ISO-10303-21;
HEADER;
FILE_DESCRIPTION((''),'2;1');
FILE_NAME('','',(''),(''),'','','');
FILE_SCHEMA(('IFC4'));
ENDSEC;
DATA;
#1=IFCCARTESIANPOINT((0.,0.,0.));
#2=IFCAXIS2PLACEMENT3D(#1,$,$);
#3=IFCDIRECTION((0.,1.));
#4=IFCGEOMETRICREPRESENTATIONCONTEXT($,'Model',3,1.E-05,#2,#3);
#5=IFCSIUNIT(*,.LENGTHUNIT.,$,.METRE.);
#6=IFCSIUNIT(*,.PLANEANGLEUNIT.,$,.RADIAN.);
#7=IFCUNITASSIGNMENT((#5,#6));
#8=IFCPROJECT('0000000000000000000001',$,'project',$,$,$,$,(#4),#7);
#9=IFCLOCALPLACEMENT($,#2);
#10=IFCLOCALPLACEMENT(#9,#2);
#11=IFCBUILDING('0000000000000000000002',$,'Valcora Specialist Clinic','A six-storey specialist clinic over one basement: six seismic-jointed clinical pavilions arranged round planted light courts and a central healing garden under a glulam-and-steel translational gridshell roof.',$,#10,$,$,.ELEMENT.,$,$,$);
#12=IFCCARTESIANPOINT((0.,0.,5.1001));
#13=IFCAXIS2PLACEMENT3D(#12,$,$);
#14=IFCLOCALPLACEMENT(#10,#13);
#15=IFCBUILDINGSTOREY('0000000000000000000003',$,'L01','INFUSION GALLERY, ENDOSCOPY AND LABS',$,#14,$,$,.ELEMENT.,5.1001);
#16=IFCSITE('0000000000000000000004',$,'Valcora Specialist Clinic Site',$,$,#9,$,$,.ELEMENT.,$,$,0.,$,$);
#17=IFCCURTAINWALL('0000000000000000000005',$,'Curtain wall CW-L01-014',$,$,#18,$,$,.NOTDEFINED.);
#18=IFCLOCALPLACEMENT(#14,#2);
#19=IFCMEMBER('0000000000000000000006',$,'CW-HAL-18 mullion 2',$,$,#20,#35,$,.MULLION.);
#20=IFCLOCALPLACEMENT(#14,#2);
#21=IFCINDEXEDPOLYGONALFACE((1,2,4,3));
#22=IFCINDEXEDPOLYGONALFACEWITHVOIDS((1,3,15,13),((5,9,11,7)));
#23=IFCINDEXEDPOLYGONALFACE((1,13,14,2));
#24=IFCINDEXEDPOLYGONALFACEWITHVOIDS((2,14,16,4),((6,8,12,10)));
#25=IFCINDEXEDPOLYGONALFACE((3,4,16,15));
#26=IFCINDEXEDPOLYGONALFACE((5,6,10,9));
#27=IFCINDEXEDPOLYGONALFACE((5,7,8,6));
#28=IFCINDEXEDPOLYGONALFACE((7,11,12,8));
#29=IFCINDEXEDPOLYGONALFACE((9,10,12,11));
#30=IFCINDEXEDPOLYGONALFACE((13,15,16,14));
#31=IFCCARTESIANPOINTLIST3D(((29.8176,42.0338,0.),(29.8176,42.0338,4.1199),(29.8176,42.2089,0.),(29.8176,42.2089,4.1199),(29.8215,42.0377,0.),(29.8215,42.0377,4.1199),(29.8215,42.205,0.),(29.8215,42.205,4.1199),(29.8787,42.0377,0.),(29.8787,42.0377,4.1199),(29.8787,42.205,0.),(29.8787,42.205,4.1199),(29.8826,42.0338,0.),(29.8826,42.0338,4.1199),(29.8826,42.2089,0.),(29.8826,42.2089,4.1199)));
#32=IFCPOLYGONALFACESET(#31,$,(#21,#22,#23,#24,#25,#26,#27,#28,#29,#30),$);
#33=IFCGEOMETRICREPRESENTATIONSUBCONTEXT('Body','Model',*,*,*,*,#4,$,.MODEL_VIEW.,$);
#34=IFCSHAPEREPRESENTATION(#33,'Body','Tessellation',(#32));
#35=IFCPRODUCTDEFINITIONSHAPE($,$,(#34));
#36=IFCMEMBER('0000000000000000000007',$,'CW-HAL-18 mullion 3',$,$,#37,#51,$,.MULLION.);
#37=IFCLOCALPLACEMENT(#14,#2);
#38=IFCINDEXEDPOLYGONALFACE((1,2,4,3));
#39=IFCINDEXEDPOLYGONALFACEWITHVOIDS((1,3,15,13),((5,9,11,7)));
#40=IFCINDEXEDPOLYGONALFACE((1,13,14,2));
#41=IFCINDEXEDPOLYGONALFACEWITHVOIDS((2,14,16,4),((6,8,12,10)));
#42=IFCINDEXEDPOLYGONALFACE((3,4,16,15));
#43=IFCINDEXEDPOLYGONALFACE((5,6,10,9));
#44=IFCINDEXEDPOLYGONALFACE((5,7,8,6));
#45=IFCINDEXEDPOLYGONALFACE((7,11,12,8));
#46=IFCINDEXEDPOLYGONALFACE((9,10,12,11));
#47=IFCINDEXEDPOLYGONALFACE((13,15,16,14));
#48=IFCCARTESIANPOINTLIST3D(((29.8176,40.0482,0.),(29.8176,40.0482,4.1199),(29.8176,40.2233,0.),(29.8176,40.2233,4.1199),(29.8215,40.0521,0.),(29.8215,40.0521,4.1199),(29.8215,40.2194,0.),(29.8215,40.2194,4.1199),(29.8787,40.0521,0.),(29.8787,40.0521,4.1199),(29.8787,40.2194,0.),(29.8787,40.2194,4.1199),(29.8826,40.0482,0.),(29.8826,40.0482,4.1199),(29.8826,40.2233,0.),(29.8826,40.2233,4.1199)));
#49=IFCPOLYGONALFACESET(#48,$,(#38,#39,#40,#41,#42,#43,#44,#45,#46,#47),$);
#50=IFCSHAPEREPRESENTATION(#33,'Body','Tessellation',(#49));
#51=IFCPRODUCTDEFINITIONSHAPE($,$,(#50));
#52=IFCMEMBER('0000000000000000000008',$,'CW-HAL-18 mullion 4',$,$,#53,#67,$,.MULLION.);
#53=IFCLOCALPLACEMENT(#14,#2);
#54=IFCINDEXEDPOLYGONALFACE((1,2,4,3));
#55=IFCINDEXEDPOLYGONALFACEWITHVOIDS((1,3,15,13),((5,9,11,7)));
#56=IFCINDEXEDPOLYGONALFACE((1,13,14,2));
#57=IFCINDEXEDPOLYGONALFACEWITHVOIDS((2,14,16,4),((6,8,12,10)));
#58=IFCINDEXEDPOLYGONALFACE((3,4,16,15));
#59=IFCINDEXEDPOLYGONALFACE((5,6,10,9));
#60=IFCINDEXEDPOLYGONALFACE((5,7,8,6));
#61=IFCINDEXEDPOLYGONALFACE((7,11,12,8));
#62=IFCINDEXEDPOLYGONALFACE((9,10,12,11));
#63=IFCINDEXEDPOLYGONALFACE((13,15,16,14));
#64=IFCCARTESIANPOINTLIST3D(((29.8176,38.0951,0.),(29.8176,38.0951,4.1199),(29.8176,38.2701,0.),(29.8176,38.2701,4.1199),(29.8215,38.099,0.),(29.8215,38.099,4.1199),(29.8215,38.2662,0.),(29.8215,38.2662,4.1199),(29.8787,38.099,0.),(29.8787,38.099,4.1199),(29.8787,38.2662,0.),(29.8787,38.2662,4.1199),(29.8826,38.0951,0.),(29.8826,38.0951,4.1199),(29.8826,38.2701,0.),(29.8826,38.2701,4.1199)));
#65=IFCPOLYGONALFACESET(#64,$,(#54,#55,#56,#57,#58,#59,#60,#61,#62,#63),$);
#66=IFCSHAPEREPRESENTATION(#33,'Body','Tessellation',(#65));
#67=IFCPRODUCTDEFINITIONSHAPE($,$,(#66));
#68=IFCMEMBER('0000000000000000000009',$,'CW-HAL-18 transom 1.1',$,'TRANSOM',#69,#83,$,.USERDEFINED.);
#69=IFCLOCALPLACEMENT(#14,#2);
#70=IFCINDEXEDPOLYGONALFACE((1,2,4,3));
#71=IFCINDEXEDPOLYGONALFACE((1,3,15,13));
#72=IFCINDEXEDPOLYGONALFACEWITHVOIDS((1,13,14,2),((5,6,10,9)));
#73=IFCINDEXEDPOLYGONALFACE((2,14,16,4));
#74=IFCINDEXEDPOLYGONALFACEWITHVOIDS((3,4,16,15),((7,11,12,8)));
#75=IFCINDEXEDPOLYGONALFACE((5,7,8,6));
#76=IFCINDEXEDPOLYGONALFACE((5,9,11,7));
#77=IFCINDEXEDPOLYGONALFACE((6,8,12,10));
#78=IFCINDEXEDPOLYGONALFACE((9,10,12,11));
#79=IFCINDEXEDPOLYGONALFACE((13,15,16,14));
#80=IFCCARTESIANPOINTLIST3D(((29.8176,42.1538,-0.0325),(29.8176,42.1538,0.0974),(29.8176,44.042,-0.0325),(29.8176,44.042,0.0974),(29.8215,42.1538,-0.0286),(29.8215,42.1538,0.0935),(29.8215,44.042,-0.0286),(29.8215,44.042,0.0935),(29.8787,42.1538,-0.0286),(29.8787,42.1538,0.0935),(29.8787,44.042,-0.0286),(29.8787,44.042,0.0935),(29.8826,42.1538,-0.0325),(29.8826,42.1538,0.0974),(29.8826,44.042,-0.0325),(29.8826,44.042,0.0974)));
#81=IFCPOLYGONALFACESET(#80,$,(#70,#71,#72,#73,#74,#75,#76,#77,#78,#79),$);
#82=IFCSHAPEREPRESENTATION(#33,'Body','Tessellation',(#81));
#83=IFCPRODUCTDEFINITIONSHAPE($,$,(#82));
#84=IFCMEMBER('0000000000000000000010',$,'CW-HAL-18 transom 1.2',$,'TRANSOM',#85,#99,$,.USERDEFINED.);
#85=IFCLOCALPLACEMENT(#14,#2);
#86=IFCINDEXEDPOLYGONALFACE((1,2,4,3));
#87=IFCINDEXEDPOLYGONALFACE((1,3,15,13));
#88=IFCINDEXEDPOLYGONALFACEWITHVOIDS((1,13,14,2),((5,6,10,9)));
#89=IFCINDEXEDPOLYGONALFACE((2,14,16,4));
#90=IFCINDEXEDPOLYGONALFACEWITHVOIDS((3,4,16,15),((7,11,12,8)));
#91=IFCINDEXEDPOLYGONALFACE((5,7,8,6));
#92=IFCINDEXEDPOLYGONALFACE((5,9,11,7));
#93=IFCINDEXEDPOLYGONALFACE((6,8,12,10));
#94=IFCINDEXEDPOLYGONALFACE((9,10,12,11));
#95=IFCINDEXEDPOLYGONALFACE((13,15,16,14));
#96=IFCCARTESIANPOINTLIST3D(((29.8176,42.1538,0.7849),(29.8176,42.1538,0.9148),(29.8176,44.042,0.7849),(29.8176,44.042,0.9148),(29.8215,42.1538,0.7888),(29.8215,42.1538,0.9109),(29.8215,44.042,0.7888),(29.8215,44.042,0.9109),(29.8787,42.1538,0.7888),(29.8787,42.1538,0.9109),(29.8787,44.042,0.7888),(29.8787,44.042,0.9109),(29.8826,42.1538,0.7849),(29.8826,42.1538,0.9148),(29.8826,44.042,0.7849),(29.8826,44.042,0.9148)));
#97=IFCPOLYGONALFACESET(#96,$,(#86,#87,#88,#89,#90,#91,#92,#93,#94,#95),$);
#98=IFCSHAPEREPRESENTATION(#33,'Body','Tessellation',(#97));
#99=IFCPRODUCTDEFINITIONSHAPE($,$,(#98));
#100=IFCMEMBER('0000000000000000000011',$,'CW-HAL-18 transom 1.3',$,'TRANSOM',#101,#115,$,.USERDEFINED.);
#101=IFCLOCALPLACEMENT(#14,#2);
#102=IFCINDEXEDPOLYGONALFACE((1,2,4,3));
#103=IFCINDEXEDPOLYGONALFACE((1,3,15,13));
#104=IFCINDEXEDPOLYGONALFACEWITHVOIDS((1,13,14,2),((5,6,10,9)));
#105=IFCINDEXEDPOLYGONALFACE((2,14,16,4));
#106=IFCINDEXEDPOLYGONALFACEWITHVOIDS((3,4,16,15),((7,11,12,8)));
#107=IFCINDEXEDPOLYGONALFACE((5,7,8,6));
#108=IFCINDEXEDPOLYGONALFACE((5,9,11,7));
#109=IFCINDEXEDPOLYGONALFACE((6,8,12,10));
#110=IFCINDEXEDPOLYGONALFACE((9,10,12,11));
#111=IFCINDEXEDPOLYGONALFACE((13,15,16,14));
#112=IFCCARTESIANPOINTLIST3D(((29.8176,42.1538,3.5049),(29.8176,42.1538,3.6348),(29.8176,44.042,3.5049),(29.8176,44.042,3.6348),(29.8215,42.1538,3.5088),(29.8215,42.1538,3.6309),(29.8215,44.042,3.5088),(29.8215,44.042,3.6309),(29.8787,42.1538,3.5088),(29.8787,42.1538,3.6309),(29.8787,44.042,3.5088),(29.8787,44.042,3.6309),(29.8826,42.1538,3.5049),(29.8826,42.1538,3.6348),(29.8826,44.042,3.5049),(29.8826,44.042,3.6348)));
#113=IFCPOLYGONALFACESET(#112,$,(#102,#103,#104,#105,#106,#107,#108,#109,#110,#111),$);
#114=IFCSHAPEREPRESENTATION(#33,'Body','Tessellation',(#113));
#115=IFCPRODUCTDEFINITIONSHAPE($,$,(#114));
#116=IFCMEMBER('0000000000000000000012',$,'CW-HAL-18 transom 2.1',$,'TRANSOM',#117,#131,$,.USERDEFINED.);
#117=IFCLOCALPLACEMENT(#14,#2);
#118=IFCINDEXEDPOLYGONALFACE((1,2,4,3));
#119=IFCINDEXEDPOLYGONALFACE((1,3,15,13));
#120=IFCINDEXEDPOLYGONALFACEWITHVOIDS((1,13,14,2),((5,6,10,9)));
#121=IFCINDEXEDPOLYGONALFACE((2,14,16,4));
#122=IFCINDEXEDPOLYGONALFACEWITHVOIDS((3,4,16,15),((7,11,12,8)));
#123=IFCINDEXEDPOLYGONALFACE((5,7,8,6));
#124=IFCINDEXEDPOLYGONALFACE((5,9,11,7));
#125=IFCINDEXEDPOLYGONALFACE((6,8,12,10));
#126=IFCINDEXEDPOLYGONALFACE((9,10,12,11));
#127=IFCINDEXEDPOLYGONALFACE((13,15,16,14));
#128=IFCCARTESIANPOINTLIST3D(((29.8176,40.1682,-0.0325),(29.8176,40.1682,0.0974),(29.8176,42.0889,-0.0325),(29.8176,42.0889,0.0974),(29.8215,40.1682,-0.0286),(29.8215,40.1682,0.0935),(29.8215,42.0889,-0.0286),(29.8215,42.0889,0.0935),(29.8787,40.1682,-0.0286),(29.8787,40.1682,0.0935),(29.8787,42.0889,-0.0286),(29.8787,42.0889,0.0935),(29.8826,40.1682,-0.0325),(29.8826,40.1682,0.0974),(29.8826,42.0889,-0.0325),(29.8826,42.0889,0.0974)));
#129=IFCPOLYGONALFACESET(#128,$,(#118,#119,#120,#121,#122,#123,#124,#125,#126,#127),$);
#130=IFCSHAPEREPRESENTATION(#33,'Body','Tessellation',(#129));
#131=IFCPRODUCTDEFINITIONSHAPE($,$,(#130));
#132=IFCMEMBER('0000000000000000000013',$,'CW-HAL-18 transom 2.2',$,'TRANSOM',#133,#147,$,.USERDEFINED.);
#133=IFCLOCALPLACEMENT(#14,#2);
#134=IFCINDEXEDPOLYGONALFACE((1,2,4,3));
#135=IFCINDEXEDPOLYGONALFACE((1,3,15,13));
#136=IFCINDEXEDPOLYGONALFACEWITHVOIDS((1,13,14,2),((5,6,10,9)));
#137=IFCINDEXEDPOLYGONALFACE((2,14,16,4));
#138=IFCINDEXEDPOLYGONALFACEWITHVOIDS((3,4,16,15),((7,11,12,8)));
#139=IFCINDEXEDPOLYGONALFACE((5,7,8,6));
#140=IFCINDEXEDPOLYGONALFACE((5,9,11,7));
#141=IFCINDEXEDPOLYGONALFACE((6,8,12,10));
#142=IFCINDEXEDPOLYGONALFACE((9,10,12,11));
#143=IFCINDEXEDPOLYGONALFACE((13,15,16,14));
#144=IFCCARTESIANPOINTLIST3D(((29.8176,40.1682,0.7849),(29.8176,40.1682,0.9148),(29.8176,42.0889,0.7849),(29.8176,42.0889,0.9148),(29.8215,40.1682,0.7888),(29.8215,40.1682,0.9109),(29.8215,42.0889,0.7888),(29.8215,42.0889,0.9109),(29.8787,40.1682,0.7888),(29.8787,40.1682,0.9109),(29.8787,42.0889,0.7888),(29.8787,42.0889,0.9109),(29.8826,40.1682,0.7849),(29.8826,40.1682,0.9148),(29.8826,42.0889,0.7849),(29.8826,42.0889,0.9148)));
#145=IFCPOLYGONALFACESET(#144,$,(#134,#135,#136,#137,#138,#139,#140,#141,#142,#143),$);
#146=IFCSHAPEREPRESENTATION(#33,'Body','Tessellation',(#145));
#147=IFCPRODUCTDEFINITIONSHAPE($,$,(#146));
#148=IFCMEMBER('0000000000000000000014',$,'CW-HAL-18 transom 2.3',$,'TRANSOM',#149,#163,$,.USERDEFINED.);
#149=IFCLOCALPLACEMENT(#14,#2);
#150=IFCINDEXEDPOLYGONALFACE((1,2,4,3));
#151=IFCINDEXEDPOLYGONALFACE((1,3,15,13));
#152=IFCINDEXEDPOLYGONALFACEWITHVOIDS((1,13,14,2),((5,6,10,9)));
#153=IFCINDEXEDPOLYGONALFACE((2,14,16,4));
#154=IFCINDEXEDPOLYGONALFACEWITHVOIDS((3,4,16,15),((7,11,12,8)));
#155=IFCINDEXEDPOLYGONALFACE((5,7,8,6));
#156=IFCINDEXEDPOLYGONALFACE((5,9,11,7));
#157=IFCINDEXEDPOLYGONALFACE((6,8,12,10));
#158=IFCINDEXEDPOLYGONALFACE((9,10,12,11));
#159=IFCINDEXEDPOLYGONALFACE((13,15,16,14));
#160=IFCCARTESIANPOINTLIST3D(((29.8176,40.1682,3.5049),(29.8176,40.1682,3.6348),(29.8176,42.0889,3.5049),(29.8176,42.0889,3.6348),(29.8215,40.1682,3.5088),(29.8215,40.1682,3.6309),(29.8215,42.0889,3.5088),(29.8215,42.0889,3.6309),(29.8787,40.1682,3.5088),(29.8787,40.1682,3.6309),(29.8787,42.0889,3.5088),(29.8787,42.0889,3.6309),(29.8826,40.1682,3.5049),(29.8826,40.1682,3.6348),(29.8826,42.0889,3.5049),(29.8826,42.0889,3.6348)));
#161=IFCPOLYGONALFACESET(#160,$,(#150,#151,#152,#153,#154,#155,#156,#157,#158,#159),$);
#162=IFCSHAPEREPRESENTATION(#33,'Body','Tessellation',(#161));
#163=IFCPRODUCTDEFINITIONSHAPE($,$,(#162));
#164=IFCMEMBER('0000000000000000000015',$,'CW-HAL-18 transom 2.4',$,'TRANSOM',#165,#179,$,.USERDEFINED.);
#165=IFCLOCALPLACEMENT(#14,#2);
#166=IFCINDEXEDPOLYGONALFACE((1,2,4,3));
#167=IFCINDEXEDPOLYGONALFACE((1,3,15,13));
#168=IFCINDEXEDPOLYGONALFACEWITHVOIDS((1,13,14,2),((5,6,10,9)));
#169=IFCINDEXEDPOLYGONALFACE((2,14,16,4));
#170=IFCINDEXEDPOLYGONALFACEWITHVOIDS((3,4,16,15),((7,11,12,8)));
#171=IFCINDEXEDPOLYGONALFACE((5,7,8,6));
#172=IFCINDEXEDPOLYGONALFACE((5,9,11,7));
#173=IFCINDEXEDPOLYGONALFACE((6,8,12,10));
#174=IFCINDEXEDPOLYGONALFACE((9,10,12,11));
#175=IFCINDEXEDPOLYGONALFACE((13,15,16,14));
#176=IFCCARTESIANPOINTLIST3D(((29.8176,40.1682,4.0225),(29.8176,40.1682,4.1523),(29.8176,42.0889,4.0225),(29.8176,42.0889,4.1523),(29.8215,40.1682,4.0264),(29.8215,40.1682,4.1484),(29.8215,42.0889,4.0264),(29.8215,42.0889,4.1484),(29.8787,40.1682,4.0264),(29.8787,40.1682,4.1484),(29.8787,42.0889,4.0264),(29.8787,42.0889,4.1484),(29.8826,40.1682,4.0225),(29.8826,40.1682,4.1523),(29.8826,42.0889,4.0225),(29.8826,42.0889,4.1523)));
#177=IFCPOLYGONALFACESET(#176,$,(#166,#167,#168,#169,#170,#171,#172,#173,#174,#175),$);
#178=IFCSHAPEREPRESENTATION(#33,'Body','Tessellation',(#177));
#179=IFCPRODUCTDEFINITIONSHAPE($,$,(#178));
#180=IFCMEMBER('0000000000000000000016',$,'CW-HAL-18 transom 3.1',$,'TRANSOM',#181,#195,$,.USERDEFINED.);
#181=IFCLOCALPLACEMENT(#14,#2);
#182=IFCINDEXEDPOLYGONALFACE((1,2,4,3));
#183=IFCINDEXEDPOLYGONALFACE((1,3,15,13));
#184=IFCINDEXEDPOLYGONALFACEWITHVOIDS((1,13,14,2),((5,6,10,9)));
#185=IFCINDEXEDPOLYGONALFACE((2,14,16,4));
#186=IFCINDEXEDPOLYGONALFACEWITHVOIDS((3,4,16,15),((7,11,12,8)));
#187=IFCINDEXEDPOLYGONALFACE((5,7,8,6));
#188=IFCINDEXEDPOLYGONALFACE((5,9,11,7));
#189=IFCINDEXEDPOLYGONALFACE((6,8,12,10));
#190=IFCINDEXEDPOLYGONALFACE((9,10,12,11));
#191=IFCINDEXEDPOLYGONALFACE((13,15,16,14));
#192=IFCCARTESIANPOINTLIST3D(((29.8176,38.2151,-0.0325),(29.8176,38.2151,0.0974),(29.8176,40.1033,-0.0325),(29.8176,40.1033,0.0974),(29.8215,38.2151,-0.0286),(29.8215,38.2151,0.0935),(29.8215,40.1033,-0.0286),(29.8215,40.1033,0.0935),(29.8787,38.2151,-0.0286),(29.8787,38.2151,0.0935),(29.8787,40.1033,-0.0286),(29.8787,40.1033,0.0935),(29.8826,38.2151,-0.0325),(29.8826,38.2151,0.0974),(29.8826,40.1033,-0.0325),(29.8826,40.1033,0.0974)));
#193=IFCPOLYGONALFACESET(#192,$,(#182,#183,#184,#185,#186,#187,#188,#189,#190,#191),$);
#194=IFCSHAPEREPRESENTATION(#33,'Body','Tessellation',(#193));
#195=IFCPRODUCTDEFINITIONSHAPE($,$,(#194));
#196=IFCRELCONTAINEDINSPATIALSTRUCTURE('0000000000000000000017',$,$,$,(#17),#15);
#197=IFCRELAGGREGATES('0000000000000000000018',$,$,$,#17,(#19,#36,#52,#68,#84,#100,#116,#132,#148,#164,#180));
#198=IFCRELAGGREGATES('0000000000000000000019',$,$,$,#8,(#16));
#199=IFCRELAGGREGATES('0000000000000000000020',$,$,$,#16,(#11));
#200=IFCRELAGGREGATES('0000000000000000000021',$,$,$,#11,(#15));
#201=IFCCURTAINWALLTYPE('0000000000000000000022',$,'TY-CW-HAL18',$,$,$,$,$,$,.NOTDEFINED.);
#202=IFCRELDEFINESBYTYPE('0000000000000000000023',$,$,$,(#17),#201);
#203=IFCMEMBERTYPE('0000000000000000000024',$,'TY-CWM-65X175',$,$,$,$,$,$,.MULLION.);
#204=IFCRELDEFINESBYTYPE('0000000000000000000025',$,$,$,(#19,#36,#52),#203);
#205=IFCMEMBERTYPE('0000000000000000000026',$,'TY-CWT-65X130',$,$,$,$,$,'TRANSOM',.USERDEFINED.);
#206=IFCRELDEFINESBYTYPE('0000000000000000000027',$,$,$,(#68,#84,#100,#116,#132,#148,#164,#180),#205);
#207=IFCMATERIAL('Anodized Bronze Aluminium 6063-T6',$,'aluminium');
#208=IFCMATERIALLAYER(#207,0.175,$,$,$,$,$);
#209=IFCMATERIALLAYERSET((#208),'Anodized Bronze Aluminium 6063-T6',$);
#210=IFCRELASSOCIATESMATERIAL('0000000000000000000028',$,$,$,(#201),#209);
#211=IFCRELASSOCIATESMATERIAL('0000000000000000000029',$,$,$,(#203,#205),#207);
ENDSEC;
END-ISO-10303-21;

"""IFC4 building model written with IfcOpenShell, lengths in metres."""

from ifc_helpers import new_model, si_unit, direction, frame, origin, origin_2d, place, context, subcontext, project, spatial, hollow_rectangle, extrude, material, layer, layer_set, material_profile, profile_set, type_object, element, aggregate, save


model = new_model("IFC4")

# Units and contexts
model_context = context("Model", 3, precision=1e-05, world=origin(), true_north=direction((0.0, 1.0)))
body_context = subcontext(model_context, "Body", "Model", "MODEL_VIEW")
ifc_project = project(units=[si_unit("LENGTHUNIT", "METRE"), si_unit("PLANEANGLEUNIT", "RADIAN")], contexts=[model_context])

# Site, building, storey
site_placement = place(None, origin())
site = spatial("IfcSite", under=ifc_project, at=site_placement, Name="Valcora Specialist Clinic Site", CompositionType="ELEMENT", RefElevation=0.0)
building_placement = place(site_placement, origin())
building = spatial("IfcBuilding", under=site, at=building_placement, Name="Valcora Specialist Clinic", Description="A six-storey specialist clinic over one basement: six seismic-jointed clinical pavilions arranged round planted light courts and a central healing garden under a glulam-and-steel translational gridshell roof.", CompositionType="ELEMENT")
storey_placement = place(building_placement, frame((0.0, 0.0, 5.1001)))
storey = spatial("IfcBuildingStorey", under=building, at=storey_placement, Name="L01", Description="INFUSION GALLERY, ENDOSCOPY AND LABS", CompositionType="ELEMENT", Elevation=5.1001)

# Curtain wall, members
ifc_material_1 = material(Name="Anodized Bronze Aluminium 6063-T6", Category="aluminium")
ifc_layer_1 = layer(ifc_material_1, 0.175)
ifc_layer_set_1 = layer_set([ifc_layer_1], Name="Anodized Bronze Aluminium 6063-T6")
curtain_wall_type = type_object("IfcCurtainWallType", Name="TY-CW-HAL18", PredefinedType="NOTDEFINED", material=ifc_layer_set_1)
curtain_wall_placement = place(storey_placement, origin())
curtain_wall = element("IfcCurtainWall", 1, at=curtain_wall_placement, inside=storey, type_object=curtain_wall_type, Name="Curtain wall CW-L01-014", PredefinedType="NOTDEFINED")
ifc_material_profile_1 = material_profile(ifc_material_1, hollow_rectangle(XDim=0.0649, YDim=0.175, WallThickness=0.0039, at=origin_2d()), Name="AL-MUL-65X175")
ifc_profile_set_1 = profile_set([ifc_material_profile_1], Name="Anodized Bronze Aluminium 6063-T6")
member_type_1 = type_object("IfcMemberType", Name="TY-CWM-65X175", PredefinedType="MULLION", material=ifc_profile_set_1)
member_1_placement = place(storey_placement, frame((29.8501, 42.1213, 0.0), z_axis=(0.0, 0.0, 1.0), x_axis=(1.0, 0.0, 0.0)))
member_1 = element("IfcMember", 2, at=member_1_placement, type_object=member_type_1, Name="CW-HAL-18 mullion 2", PredefinedType="MULLION", context=body_context, shape_type="SweptSolid", body=[
    extrude(hollow_rectangle(XDim=0.0649, YDim=0.175, WallThickness=0.0039, at=origin_2d()), origin(), (0.0, 0.0, 1.0), 4.1199),
])
member_2_placement = place(storey_placement, frame((29.8501, 40.1357, 0.0), z_axis=(0.0, 0.0, 1.0), x_axis=(1.0, 0.0, 0.0)))
member_2 = element("IfcMember", 3, at=member_2_placement, type_object=member_type_1, Name="CW-HAL-18 mullion 3", PredefinedType="MULLION", context=body_context, shape_type="SweptSolid", body=[
    extrude(hollow_rectangle(XDim=0.0649, YDim=0.175, WallThickness=0.0039, at=origin_2d()), origin(), (0.0, 0.0, 1.0), 4.1199),
])
member_3_placement = place(storey_placement, frame((29.8501, 38.1826, 0.0), z_axis=(0.0, 0.0, 1.0), x_axis=(1.0, 0.0, 0.0)))
member_3 = element("IfcMember", 4, at=member_3_placement, type_object=member_type_1, Name="CW-HAL-18 mullion 4", PredefinedType="MULLION", context=body_context, shape_type="SweptSolid", body=[
    extrude(hollow_rectangle(XDim=0.0649, YDim=0.175, WallThickness=0.0039, at=origin_2d()), origin(), (0.0, 0.0, 1.0), 4.1199),
])
ifc_material_profile_2 = material_profile(ifc_material_1, hollow_rectangle(XDim=0.0649, YDim=0.1299, WallThickness=0.0039, at=origin_2d()), Name="AL-TRN-65X130")
ifc_profile_set_2 = profile_set([ifc_material_profile_2], Name="Anodized Bronze Aluminium 6063-T6")
member_type_2 = type_object("IfcMemberType", Name="TY-CWT-65X130", ElementType="TRANSOM", PredefinedType="USERDEFINED", material=ifc_profile_set_2)
member_4_placement = place(storey_placement, frame((29.8501, 44.042, 0.0325), z_axis=(0.0, -1.0, 0.0), x_axis=(1.0, 0.0, 0.0)))
member_4 = element("IfcMember", 5, at=member_4_placement, type_object=member_type_2, Name="CW-HAL-18 transom 1.1", ObjectType="TRANSOM", PredefinedType="USERDEFINED", context=body_context, shape_type="SweptSolid", body=[
    extrude(hollow_rectangle(XDim=0.0649, YDim=0.1299, WallThickness=0.0039, at=origin_2d()), origin(), (0.0, 0.0, 1.0), 1.8882),
])
member_5_placement = place(storey_placement, frame((29.8501, 44.042, 0.8499), z_axis=(0.0, -1.0, 0.0), x_axis=(1.0, 0.0, 0.0)))
member_5 = element("IfcMember", 6, at=member_5_placement, type_object=member_type_2, Name="CW-HAL-18 transom 1.2", ObjectType="TRANSOM", PredefinedType="USERDEFINED", context=body_context, shape_type="SweptSolid", body=[
    extrude(hollow_rectangle(XDim=0.0649, YDim=0.1299, WallThickness=0.0039, at=origin_2d()), origin(), (0.0, 0.0, 1.0), 1.8882),
])
member_6_placement = place(storey_placement, frame((29.8501, 44.042, 3.5698), z_axis=(0.0, -1.0, 0.0), x_axis=(1.0, 0.0, 0.0)))
member_6 = element("IfcMember", 7, at=member_6_placement, type_object=member_type_2, Name="CW-HAL-18 transom 1.3", ObjectType="TRANSOM", PredefinedType="USERDEFINED", context=body_context, shape_type="SweptSolid", body=[
    extrude(hollow_rectangle(XDim=0.0649, YDim=0.1299, WallThickness=0.0039, at=origin_2d()), origin(), (0.0, 0.0, 1.0), 1.8882),
])
member_7_placement = place(storey_placement, frame((29.8501, 42.0889, 0.0325), z_axis=(0.0, -1.0, 0.0), x_axis=(1.0, 0.0, 0.0)))
member_7 = element("IfcMember", 8, at=member_7_placement, type_object=member_type_2, Name="CW-HAL-18 transom 2.1", ObjectType="TRANSOM", PredefinedType="USERDEFINED", context=body_context, shape_type="SweptSolid", body=[
    extrude(hollow_rectangle(XDim=0.0649, YDim=0.1299, WallThickness=0.0039, at=origin_2d()), origin(), (0.0, 0.0, 1.0), 1.9207),
])
member_8_placement = place(storey_placement, frame((29.8501, 42.0889, 0.8499), z_axis=(0.0, -1.0, 0.0), x_axis=(1.0, 0.0, 0.0)))
member_8 = element("IfcMember", 9, at=member_8_placement, type_object=member_type_2, Name="CW-HAL-18 transom 2.2", ObjectType="TRANSOM", PredefinedType="USERDEFINED", context=body_context, shape_type="SweptSolid", body=[
    extrude(hollow_rectangle(XDim=0.0649, YDim=0.1299, WallThickness=0.0039, at=origin_2d()), origin(), (0.0, 0.0, 1.0), 1.9207),
])
member_9_placement = place(storey_placement, frame((29.8501, 42.0889, 3.5698), z_axis=(0.0, -1.0, 0.0), x_axis=(1.0, 0.0, 0.0)))
member_9 = element("IfcMember", 10, at=member_9_placement, type_object=member_type_2, Name="CW-HAL-18 transom 2.3", ObjectType="TRANSOM", PredefinedType="USERDEFINED", context=body_context, shape_type="SweptSolid", body=[
    extrude(hollow_rectangle(XDim=0.0649, YDim=0.1299, WallThickness=0.0039, at=origin_2d()), origin(), (0.0, 0.0, 1.0), 1.9207),
])
member_10_placement = place(storey_placement, frame((29.8501, 42.0889, 4.0874), z_axis=(0.0, -1.0, 0.0), x_axis=(1.0, 0.0, 0.0)))
member_10 = element("IfcMember", 11, at=member_10_placement, type_object=member_type_2, Name="CW-HAL-18 transom 2.4", ObjectType="TRANSOM", PredefinedType="USERDEFINED", context=body_context, shape_type="SweptSolid", body=[
    extrude(hollow_rectangle(XDim=0.0649, YDim=0.1299, WallThickness=0.0039, at=origin_2d()), origin(), (0.0, 0.0, 1.0), 1.9207),
])
member_11_placement = place(storey_placement, frame((29.8501, 40.1033, 0.0325), z_axis=(0.0, -1.0, 0.0), x_axis=(1.0, 0.0, 0.0)))
member_11 = element("IfcMember", 12, at=member_11_placement, type_object=member_type_2, Name="CW-HAL-18 transom 3.1", ObjectType="TRANSOM", PredefinedType="USERDEFINED", context=body_context, shape_type="SweptSolid", body=[
    extrude(hollow_rectangle(XDim=0.0649, YDim=0.1299, WallThickness=0.0039, at=origin_2d()), origin(), (0.0, 0.0, 1.0), 1.8882),
])
aggregate(curtain_wall, [member_1, member_2, member_3, member_4, member_5, member_6, member_7, member_8, member_9, member_10, member_11])

save(model, "model.ifc")
